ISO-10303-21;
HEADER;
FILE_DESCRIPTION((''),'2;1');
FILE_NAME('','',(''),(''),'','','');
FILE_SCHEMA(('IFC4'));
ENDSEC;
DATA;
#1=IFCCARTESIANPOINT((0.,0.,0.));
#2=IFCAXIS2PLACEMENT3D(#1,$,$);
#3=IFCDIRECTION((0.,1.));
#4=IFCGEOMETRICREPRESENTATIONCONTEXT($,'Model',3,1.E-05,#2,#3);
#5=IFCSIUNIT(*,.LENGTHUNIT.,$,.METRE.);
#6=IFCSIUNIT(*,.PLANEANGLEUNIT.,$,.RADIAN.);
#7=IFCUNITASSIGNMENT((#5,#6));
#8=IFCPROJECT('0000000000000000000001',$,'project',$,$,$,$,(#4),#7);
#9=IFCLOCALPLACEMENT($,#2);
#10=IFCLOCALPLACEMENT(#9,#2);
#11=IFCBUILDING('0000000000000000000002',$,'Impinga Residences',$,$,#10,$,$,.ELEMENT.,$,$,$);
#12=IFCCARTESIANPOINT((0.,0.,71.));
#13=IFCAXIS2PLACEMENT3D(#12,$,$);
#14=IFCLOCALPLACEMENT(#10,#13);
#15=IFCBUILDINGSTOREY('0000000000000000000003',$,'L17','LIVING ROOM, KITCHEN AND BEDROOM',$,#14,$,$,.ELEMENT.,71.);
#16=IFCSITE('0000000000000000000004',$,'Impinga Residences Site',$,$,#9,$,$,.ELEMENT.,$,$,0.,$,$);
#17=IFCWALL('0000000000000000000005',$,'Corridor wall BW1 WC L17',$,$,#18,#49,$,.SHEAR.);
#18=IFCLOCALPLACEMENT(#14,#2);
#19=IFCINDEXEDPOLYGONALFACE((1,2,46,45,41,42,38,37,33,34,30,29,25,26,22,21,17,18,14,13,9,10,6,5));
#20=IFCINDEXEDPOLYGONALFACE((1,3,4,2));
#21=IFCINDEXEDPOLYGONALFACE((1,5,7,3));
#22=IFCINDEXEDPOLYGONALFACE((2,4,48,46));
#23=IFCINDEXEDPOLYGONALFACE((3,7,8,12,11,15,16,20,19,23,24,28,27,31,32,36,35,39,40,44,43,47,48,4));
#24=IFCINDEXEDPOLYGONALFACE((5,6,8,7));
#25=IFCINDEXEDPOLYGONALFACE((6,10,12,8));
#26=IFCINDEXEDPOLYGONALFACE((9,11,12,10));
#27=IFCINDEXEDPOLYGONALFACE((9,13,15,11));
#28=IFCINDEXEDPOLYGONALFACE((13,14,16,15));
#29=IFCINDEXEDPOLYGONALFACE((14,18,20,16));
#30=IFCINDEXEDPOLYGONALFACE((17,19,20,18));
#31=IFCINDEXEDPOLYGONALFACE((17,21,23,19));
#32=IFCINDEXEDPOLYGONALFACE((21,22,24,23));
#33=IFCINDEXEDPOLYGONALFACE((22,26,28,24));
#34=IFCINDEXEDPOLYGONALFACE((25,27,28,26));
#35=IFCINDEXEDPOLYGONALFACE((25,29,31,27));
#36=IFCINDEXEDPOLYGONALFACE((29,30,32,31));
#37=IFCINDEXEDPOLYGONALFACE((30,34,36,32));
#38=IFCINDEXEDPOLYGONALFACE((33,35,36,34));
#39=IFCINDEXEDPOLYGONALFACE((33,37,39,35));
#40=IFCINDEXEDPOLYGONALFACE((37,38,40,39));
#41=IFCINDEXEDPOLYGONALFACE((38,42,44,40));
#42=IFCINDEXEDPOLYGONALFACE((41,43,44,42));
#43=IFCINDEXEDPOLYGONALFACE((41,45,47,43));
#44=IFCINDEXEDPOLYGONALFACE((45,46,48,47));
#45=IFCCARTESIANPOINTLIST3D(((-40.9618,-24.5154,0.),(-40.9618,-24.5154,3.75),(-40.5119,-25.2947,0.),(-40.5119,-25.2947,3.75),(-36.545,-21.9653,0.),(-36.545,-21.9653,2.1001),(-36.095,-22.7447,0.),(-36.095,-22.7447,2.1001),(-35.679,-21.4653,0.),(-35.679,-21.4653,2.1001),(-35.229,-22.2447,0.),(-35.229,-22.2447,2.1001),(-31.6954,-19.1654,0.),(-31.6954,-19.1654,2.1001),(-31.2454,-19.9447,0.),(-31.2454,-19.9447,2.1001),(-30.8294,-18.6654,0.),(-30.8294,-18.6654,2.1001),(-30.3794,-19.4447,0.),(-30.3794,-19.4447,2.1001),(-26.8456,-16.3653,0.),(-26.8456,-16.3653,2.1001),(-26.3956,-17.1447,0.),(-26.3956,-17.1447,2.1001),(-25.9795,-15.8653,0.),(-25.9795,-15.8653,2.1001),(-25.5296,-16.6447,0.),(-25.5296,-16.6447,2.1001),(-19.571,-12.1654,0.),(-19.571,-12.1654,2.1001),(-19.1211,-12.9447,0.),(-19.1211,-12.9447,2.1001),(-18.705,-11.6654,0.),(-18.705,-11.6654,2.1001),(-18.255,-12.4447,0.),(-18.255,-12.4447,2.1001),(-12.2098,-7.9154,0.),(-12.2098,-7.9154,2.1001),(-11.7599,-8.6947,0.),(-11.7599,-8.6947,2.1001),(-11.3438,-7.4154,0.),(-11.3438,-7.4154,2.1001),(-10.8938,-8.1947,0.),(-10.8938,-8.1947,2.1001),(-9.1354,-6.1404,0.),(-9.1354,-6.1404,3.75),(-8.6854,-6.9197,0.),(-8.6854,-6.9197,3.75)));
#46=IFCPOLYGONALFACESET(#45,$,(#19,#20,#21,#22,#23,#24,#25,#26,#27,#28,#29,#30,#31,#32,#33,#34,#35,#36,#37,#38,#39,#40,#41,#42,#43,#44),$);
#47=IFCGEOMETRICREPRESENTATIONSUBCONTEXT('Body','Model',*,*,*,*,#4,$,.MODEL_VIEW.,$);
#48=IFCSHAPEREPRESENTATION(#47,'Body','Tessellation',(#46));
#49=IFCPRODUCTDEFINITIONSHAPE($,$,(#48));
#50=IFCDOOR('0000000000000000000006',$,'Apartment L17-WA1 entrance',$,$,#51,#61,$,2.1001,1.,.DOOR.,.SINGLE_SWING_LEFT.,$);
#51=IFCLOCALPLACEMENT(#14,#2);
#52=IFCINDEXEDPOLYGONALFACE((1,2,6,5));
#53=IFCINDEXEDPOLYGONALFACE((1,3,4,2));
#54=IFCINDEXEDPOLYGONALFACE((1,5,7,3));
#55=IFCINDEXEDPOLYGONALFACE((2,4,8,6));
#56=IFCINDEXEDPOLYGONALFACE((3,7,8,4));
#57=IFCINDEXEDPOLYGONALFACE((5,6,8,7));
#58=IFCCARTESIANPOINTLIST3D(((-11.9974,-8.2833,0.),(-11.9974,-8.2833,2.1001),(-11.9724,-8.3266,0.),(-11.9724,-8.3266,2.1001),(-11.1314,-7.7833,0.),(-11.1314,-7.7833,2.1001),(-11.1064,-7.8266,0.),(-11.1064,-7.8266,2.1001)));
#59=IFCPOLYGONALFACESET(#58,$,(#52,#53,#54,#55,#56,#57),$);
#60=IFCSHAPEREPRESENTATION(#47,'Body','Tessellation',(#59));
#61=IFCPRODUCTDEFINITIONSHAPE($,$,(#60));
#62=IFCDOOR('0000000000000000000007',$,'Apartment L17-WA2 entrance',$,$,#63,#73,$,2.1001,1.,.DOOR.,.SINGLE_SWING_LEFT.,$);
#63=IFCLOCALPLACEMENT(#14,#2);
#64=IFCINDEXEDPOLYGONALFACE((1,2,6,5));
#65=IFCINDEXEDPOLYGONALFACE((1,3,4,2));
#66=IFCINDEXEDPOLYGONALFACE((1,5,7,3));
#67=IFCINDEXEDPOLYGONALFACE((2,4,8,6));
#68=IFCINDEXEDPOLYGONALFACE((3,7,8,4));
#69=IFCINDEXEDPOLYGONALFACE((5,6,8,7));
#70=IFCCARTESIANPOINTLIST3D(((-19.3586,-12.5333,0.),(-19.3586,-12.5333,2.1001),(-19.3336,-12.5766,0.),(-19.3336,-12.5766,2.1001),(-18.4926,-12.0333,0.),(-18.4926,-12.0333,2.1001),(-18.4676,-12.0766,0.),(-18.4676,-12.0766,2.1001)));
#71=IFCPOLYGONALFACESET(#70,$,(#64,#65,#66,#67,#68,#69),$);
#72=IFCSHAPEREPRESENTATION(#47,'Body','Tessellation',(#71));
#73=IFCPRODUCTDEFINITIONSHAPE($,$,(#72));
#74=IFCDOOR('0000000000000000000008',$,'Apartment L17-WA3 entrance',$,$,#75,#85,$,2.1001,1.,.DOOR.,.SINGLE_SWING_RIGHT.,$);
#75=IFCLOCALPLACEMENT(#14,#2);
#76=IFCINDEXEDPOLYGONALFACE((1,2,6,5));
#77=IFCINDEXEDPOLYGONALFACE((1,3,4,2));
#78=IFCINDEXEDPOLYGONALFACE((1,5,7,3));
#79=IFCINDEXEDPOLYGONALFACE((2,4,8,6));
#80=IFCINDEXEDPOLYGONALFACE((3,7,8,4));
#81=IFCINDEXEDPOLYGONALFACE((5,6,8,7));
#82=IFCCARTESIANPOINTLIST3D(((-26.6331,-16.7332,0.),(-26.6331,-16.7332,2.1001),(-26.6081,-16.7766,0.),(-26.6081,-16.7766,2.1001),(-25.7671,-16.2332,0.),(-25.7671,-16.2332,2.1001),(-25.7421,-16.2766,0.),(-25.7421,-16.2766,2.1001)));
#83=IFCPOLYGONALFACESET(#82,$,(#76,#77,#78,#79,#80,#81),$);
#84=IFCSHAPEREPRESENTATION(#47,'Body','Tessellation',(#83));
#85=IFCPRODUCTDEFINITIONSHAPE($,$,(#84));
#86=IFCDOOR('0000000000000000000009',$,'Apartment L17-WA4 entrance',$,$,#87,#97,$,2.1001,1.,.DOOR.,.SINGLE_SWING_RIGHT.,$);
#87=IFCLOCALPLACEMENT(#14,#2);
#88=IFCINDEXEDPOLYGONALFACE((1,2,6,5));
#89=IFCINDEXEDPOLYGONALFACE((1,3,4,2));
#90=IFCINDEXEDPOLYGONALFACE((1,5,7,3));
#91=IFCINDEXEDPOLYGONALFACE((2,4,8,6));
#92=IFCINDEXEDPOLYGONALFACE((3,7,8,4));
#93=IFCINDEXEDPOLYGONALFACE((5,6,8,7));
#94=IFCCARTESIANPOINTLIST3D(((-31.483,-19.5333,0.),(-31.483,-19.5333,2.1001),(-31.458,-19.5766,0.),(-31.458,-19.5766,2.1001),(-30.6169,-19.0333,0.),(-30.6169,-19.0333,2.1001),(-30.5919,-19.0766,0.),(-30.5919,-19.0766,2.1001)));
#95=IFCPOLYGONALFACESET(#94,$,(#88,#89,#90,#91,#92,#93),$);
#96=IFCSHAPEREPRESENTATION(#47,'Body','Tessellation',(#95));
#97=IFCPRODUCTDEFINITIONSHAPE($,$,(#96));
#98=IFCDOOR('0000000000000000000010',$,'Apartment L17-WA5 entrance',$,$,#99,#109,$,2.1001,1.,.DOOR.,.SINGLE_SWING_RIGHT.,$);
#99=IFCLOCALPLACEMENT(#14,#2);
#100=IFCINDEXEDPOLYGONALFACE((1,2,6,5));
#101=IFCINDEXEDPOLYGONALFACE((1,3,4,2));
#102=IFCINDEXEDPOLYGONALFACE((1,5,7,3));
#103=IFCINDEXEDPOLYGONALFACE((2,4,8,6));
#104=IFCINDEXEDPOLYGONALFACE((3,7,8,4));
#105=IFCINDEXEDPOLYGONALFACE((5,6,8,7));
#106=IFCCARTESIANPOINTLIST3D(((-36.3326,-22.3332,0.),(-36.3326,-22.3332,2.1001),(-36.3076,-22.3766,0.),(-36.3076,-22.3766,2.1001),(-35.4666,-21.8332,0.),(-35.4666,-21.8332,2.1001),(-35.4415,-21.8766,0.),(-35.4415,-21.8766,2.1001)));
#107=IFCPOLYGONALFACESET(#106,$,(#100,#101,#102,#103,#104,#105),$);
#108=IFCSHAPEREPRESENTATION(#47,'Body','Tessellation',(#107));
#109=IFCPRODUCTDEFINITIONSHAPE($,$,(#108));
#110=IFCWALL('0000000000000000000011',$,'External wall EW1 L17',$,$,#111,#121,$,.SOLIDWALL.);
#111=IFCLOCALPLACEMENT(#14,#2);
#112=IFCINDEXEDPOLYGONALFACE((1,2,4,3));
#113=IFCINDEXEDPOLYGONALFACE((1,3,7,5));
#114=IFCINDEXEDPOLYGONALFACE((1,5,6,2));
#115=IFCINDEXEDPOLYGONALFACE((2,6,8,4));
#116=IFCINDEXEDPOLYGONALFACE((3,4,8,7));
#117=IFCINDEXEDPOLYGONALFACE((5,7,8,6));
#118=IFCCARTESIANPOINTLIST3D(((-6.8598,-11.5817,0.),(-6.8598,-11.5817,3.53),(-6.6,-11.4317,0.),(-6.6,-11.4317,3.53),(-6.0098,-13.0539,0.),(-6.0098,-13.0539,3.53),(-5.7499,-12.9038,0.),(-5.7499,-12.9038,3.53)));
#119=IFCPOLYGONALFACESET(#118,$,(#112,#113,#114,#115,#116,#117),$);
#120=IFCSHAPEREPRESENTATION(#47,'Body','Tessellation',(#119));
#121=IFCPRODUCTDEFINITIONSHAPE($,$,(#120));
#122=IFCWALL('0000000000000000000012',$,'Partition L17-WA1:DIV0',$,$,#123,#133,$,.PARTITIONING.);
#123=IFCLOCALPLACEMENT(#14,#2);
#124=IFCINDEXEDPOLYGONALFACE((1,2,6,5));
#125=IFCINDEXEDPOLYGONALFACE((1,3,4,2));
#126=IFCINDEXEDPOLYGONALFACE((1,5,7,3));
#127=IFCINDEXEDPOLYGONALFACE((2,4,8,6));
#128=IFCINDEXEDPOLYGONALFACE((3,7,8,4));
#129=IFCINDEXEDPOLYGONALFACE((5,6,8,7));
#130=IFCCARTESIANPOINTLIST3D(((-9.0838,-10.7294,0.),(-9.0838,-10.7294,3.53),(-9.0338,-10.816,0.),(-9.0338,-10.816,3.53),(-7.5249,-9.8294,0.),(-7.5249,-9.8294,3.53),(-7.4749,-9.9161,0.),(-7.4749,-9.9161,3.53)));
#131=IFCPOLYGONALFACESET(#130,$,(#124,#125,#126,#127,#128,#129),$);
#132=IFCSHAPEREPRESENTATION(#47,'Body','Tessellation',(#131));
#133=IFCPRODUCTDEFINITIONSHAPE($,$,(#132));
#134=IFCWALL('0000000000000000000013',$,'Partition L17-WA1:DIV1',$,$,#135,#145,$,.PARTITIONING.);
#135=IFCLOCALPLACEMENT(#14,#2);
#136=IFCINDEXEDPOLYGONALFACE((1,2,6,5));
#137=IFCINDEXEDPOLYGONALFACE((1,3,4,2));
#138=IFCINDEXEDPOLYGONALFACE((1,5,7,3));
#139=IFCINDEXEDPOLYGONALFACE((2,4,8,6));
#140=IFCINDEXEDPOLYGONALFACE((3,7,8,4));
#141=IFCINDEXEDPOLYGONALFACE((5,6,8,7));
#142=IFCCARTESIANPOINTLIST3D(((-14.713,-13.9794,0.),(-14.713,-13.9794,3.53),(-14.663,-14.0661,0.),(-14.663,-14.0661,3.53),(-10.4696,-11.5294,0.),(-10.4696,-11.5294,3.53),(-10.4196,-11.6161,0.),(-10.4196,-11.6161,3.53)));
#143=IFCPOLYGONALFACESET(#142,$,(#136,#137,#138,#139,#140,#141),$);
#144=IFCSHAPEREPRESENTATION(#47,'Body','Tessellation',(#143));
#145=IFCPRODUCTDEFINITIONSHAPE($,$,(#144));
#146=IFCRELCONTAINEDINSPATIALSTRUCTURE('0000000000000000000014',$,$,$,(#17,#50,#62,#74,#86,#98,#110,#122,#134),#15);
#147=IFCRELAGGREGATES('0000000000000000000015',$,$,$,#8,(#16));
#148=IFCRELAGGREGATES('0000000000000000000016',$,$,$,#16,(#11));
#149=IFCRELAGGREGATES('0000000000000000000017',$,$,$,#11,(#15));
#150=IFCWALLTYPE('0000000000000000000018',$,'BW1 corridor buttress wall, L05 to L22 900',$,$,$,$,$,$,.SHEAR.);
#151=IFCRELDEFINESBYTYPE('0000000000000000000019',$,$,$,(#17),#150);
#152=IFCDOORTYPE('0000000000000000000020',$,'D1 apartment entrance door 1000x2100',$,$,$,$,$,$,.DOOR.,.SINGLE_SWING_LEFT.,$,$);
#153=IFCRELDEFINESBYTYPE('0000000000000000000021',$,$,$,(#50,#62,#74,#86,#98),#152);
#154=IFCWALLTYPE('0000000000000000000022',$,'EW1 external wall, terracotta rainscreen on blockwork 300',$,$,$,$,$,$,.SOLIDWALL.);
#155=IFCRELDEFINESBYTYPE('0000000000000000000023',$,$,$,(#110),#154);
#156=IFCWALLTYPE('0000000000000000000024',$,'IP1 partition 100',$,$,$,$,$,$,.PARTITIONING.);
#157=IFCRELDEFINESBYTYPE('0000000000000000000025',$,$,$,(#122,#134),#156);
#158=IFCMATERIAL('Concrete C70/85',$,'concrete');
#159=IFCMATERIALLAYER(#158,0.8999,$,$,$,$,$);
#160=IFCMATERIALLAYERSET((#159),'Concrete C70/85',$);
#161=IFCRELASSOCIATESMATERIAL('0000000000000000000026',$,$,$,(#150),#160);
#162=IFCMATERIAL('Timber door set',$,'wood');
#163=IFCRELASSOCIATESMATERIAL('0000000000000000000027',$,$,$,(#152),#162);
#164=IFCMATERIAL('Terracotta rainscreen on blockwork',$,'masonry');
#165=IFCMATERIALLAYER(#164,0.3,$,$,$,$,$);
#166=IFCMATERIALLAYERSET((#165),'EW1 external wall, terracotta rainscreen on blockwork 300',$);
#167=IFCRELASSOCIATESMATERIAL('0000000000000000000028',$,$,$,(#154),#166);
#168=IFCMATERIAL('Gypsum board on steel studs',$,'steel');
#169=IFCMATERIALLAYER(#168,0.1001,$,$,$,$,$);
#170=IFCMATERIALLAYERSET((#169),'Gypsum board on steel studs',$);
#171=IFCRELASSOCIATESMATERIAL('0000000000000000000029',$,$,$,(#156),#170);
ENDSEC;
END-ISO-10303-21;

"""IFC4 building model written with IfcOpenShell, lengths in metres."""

from ifc_helpers import new_model, si_unit, direction, frame, frame_2d, origin, place, context, subcontext, project, spatial, rectangle, extrude, material, layer, layer_set, type_object, element, fill, save


model = new_model("IFC4")

# Units and contexts
model_context = context("Model", 3, precision=1e-05, world=origin(), true_north=direction((0.0, 1.0)))
body_context = subcontext(model_context, "Body", "Model", "MODEL_VIEW")
ifc_project = project(units=[si_unit("LENGTHUNIT", "METRE"), si_unit("PLANEANGLEUNIT", "RADIAN")], contexts=[model_context])

# Site, building, storey
site_placement = place(None, origin())
site = spatial("IfcSite", under=ifc_project, at=site_placement, Name="Impinga Residences Site", CompositionType="ELEMENT", RefElevation=0.0)
building_placement = place(site_placement, origin())
building = spatial("IfcBuilding", under=site, at=building_placement, Name="Impinga Residences", CompositionType="ELEMENT")
storey_placement = place(building_placement, frame((0.0, 0.0, 71.0)))
storey = spatial("IfcBuildingStorey", under=building, at=storey_placement, Name="L17", Description="LIVING ROOM, KITCHEN AND BEDROOM", CompositionType="ELEMENT", Elevation=71.0)

# Wall, openings, doors
ifc_material_1 = material(Name="Concrete C70/85", Category="concrete")
ifc_layer_1 = layer(ifc_material_1, 0.8999)
ifc_layer_set_1 = layer_set([ifc_layer_1], Name="Concrete C70/85")
wall_type_1 = type_object("IfcWallType", Name="BW1 corridor buttress wall, L05 to L22 900", PredefinedType="SHEAR", material=ifc_layer_set_1)
wall_1_placement = place(storey_placement, frame((-8.9104, -6.53, 0.0), z_axis=(0.0, 0.0, 1.0), x_axis=(-0.866025, -0.5, 0.0)))
wall_1 = element("IfcWall", 1, at=wall_1_placement, inside=storey, type_object=wall_type_1, Name="Corridor wall BW1 WC L17", PredefinedType="SHEAR", context=body_context, shape_type="SweptSolid", body=[
    extrude(rectangle(XDim=36.75, YDim=0.8999, at=frame_2d((18.375, 0.0))), origin(), (0.0, 0.0, 1.0), 3.75),
])
opening_1_placement = place(wall_1_placement, frame((2.55, 0.0, 0.0)))
opening_1 = element("IfcOpeningElement", 2, at=opening_1_placement, cuts=wall_1, PredefinedType="OPENING", context=body_context, shape_type="SweptSolid", body=[
    extrude(rectangle(XDim=1.0, YDim=2.1001, at=frame_2d((0.5, 1.05))), frame((0.0, 0.46, 0.0), z_axis=(0.0, -1.0, 0.0), x_axis=(1.0, 0.0, 0.0)), (0.0, 0.0, 1.0), 0.9199),
])
opening_2_placement = place(wall_1_placement, frame((11.05, 0.0, 0.0)))
opening_2 = element("IfcOpeningElement", 3, at=opening_2_placement, cuts=wall_1, PredefinedType="OPENING", context=body_context, shape_type="SweptSolid", body=[
    extrude(rectangle(XDim=1.0, YDim=2.1001, at=frame_2d((0.5, 1.05))), frame((0.0, 0.46, 0.0), z_axis=(0.0, -1.0, 0.0), x_axis=(1.0, 0.0, 0.0)), (0.0, 0.0, 1.0), 0.9199),
])
opening_3_placement = place(wall_1_placement, frame((19.45, 0.0, 0.0)))
opening_3 = element("IfcOpeningElement", 4, at=opening_3_placement, cuts=wall_1, PredefinedType="OPENING", context=body_context, shape_type="SweptSolid", body=[
    extrude(rectangle(XDim=1.0, YDim=2.1001, at=frame_2d((0.5, 1.05))), frame((0.0, 0.46, 0.0), z_axis=(0.0, -1.0, 0.0), x_axis=(1.0, 0.0, 0.0)), (0.0, 0.0, 1.0), 0.9199),
])
opening_4_placement = place(wall_1_placement, frame((25.05, 0.0, 0.0)))
opening_4 = element("IfcOpeningElement", 5, at=opening_4_placement, cuts=wall_1, PredefinedType="OPENING", context=body_context, shape_type="SweptSolid", body=[
    extrude(rectangle(XDim=1.0, YDim=2.1001, at=frame_2d((0.5, 1.05))), frame((0.0, 0.46, 0.0), z_axis=(0.0, -1.0, 0.0), x_axis=(1.0, 0.0, 0.0)), (0.0, 0.0, 1.0), 0.9199),
])
opening_5_placement = place(wall_1_placement, frame((30.6499, 0.0, 0.0)))
opening_5 = element("IfcOpeningElement", 6, at=opening_5_placement, cuts=wall_1, PredefinedType="OPENING", context=body_context, shape_type="SweptSolid", body=[
    extrude(rectangle(XDim=1.0, YDim=2.1001, at=frame_2d((0.5, 1.05))), frame((0.0, 0.46, 0.0), z_axis=(0.0, -1.0, 0.0), x_axis=(1.0, 0.0, 0.0)), (0.0, 0.0, 1.0), 0.9199),
])
ifc_material_2 = material(Name="Timber door set", Category="wood")
door_type_1 = type_object("IfcDoorType", Name="D1 apartment entrance door 1000x2100", OperationType="SINGLE_SWING_LEFT", PredefinedType="DOOR", material=ifc_material_2)
door_1_placement = place(opening_1_placement, origin())
door_1 = element("IfcDoor", 7, at=door_1_placement, inside=storey, type_object=door_type_1, Name="Apartment L17-WA1 entrance", OperationType="SINGLE_SWING_LEFT", OverallHeight=2.1001, OverallWidth=1.0, PredefinedType="DOOR", context=body_context, shape_type="SweptSolid", body=[
    extrude(rectangle(XDim=1.0, YDim=2.1001, at=frame_2d((0.5, 1.05))), frame((0.0, 0.0249, 0.0), z_axis=(0.0, -1.0, 0.0), x_axis=(1.0, 0.0, 0.0)), (0.0, 0.0, 1.0), 0.05),
])
fill(opening_1, door_1)
door_2_placement = place(opening_2_placement, origin())
door_2 = element("IfcDoor", 8, at=door_2_placement, inside=storey, type_object=door_type_1, Name="Apartment L17-WA2 entrance", OperationType="SINGLE_SWING_LEFT", OverallHeight=2.1001, OverallWidth=1.0, PredefinedType="DOOR", context=body_context, shape_type="SweptSolid", body=[
    extrude(rectangle(XDim=1.0, YDim=2.1001, at=frame_2d((0.5, 1.05))), frame((0.0, 0.0249, 0.0), z_axis=(0.0, -1.0, 0.0), x_axis=(1.0, 0.0, 0.0)), (0.0, 0.0, 1.0), 0.05),
])
fill(opening_2, door_2)
door_3_placement = place(opening_3_placement, origin())
door_3 = element("IfcDoor", 9, at=door_3_placement, inside=storey, type_object=door_type_1, Name="Apartment L17-WA3 entrance", OperationType="SINGLE_SWING_RIGHT", OverallHeight=2.1001, OverallWidth=1.0, PredefinedType="DOOR", context=body_context, shape_type="SweptSolid", body=[
    extrude(rectangle(XDim=1.0, YDim=2.1001, at=frame_2d((0.5, 1.05))), frame((0.0, 0.0249, 0.0), z_axis=(0.0, -1.0, 0.0), x_axis=(1.0, 0.0, 0.0)), (0.0, 0.0, 1.0), 0.05),
])
fill(opening_3, door_3)
door_4_placement = place(opening_4_placement, origin())
door_4 = element("IfcDoor", 10, at=door_4_placement, inside=storey, type_object=door_type_1, Name="Apartment L17-WA4 entrance", OperationType="SINGLE_SWING_RIGHT", OverallHeight=2.1001, OverallWidth=1.0, PredefinedType="DOOR", context=body_context, shape_type="SweptSolid", body=[
    extrude(rectangle(XDim=1.0, YDim=2.1001, at=frame_2d((0.5, 1.05))), frame((0.0, 0.0249, 0.0), z_axis=(0.0, -1.0, 0.0), x_axis=(1.0, 0.0, 0.0)), (0.0, 0.0, 1.0), 0.05),
])
fill(opening_4, door_4)
door_5_placement = place(opening_5_placement, origin())
door_5 = element("IfcDoor", 11, at=door_5_placement, inside=storey, type_object=door_type_1, Name="Apartment L17-WA5 entrance", OperationType="SINGLE_SWING_RIGHT", OverallHeight=2.1001, OverallWidth=1.0, PredefinedType="DOOR", context=body_context, shape_type="SweptSolid", body=[
    extrude(rectangle(XDim=1.0, YDim=2.1001, at=frame_2d((0.5, 1.05))), frame((0.0, 0.0249, 0.0), z_axis=(0.0, -1.0, 0.0), x_axis=(1.0, 0.0, 0.0)), (0.0, 0.0, 1.0), 0.05),
])
fill(opening_5, door_5)

# Walls
ifc_material_3 = material(Name="Terracotta rainscreen on blockwork", Category="masonry")
ifc_layer_2 = layer(ifc_material_3, 0.3)
ifc_layer_set_2 = layer_set([ifc_layer_2], Name="EW1 external wall, terracotta rainscreen on blockwork 300")
wall_type_2 = type_object("IfcWallType", Name="EW1 external wall, terracotta rainscreen on blockwork 300", PredefinedType="SOLIDWALL", material=ifc_layer_set_2)
wall_2_placement = place(storey_placement, frame((-6.73, -11.5066, 0.0), z_axis=(0.0, 0.0, 1.0), x_axis=(0.500062, -0.865989, 0.0)))
element("IfcWall", 12, at=wall_2_placement, inside=storey, type_object=wall_type_2, Name="External wall EW1 L17", PredefinedType="SOLIDWALL", context=body_context, shape_type="SweptSolid", body=[
    extrude(rectangle(XDim=1.7, YDim=0.3, at=frame_2d((0.8501, 0.0))), origin(), (0.0, 0.0, 1.0), 3.53),
])
ifc_material_4 = material(Name="Gypsum board on steel studs", Category="steel")
ifc_layer_3 = layer(ifc_material_4, 0.1001)
ifc_layer_set_3 = layer_set([ifc_layer_3], Name="Gypsum board on steel studs")
wall_type_3 = type_object("IfcWallType", Name="IP1 partition 100", PredefinedType="PARTITIONING", material=ifc_layer_set_3)
wall_3_placement = place(storey_placement, frame((-7.5, -9.8728, 0.0), z_axis=(0.0, 0.0, 1.0), x_axis=(-0.866048, -0.499961, 0.0)))
element("IfcWall", 13, at=wall_3_placement, inside=storey, type_object=wall_type_3, Name="Partition L17-WA1:DIV0", PredefinedType="PARTITIONING", context=body_context, shape_type="SweptSolid", body=[
    extrude(rectangle(XDim=1.8, YDim=0.1001, at=frame_2d((0.8999, 0.0))), origin(), (0.0, 0.0, 1.0), 3.53),
])
wall_4_placement = place(storey_placement, frame((-10.4446, -11.5728, 0.0), z_axis=(0.0, 0.0, 1.0), x_axis=(-0.866024, -0.500003, 0.0)))
element("IfcWall", 14, at=wall_4_placement, inside=storey, type_object=wall_type_3, Name="Partition L17-WA1:DIV1", PredefinedType="PARTITIONING", context=body_context, shape_type="SweptSolid", body=[
    extrude(rectangle(XDim=4.8999, YDim=0.1001, at=frame_2d((2.45, 0.0))), origin(), (0.0, 0.0, 1.0), 3.53),
])

save(model, "model.ifc")
